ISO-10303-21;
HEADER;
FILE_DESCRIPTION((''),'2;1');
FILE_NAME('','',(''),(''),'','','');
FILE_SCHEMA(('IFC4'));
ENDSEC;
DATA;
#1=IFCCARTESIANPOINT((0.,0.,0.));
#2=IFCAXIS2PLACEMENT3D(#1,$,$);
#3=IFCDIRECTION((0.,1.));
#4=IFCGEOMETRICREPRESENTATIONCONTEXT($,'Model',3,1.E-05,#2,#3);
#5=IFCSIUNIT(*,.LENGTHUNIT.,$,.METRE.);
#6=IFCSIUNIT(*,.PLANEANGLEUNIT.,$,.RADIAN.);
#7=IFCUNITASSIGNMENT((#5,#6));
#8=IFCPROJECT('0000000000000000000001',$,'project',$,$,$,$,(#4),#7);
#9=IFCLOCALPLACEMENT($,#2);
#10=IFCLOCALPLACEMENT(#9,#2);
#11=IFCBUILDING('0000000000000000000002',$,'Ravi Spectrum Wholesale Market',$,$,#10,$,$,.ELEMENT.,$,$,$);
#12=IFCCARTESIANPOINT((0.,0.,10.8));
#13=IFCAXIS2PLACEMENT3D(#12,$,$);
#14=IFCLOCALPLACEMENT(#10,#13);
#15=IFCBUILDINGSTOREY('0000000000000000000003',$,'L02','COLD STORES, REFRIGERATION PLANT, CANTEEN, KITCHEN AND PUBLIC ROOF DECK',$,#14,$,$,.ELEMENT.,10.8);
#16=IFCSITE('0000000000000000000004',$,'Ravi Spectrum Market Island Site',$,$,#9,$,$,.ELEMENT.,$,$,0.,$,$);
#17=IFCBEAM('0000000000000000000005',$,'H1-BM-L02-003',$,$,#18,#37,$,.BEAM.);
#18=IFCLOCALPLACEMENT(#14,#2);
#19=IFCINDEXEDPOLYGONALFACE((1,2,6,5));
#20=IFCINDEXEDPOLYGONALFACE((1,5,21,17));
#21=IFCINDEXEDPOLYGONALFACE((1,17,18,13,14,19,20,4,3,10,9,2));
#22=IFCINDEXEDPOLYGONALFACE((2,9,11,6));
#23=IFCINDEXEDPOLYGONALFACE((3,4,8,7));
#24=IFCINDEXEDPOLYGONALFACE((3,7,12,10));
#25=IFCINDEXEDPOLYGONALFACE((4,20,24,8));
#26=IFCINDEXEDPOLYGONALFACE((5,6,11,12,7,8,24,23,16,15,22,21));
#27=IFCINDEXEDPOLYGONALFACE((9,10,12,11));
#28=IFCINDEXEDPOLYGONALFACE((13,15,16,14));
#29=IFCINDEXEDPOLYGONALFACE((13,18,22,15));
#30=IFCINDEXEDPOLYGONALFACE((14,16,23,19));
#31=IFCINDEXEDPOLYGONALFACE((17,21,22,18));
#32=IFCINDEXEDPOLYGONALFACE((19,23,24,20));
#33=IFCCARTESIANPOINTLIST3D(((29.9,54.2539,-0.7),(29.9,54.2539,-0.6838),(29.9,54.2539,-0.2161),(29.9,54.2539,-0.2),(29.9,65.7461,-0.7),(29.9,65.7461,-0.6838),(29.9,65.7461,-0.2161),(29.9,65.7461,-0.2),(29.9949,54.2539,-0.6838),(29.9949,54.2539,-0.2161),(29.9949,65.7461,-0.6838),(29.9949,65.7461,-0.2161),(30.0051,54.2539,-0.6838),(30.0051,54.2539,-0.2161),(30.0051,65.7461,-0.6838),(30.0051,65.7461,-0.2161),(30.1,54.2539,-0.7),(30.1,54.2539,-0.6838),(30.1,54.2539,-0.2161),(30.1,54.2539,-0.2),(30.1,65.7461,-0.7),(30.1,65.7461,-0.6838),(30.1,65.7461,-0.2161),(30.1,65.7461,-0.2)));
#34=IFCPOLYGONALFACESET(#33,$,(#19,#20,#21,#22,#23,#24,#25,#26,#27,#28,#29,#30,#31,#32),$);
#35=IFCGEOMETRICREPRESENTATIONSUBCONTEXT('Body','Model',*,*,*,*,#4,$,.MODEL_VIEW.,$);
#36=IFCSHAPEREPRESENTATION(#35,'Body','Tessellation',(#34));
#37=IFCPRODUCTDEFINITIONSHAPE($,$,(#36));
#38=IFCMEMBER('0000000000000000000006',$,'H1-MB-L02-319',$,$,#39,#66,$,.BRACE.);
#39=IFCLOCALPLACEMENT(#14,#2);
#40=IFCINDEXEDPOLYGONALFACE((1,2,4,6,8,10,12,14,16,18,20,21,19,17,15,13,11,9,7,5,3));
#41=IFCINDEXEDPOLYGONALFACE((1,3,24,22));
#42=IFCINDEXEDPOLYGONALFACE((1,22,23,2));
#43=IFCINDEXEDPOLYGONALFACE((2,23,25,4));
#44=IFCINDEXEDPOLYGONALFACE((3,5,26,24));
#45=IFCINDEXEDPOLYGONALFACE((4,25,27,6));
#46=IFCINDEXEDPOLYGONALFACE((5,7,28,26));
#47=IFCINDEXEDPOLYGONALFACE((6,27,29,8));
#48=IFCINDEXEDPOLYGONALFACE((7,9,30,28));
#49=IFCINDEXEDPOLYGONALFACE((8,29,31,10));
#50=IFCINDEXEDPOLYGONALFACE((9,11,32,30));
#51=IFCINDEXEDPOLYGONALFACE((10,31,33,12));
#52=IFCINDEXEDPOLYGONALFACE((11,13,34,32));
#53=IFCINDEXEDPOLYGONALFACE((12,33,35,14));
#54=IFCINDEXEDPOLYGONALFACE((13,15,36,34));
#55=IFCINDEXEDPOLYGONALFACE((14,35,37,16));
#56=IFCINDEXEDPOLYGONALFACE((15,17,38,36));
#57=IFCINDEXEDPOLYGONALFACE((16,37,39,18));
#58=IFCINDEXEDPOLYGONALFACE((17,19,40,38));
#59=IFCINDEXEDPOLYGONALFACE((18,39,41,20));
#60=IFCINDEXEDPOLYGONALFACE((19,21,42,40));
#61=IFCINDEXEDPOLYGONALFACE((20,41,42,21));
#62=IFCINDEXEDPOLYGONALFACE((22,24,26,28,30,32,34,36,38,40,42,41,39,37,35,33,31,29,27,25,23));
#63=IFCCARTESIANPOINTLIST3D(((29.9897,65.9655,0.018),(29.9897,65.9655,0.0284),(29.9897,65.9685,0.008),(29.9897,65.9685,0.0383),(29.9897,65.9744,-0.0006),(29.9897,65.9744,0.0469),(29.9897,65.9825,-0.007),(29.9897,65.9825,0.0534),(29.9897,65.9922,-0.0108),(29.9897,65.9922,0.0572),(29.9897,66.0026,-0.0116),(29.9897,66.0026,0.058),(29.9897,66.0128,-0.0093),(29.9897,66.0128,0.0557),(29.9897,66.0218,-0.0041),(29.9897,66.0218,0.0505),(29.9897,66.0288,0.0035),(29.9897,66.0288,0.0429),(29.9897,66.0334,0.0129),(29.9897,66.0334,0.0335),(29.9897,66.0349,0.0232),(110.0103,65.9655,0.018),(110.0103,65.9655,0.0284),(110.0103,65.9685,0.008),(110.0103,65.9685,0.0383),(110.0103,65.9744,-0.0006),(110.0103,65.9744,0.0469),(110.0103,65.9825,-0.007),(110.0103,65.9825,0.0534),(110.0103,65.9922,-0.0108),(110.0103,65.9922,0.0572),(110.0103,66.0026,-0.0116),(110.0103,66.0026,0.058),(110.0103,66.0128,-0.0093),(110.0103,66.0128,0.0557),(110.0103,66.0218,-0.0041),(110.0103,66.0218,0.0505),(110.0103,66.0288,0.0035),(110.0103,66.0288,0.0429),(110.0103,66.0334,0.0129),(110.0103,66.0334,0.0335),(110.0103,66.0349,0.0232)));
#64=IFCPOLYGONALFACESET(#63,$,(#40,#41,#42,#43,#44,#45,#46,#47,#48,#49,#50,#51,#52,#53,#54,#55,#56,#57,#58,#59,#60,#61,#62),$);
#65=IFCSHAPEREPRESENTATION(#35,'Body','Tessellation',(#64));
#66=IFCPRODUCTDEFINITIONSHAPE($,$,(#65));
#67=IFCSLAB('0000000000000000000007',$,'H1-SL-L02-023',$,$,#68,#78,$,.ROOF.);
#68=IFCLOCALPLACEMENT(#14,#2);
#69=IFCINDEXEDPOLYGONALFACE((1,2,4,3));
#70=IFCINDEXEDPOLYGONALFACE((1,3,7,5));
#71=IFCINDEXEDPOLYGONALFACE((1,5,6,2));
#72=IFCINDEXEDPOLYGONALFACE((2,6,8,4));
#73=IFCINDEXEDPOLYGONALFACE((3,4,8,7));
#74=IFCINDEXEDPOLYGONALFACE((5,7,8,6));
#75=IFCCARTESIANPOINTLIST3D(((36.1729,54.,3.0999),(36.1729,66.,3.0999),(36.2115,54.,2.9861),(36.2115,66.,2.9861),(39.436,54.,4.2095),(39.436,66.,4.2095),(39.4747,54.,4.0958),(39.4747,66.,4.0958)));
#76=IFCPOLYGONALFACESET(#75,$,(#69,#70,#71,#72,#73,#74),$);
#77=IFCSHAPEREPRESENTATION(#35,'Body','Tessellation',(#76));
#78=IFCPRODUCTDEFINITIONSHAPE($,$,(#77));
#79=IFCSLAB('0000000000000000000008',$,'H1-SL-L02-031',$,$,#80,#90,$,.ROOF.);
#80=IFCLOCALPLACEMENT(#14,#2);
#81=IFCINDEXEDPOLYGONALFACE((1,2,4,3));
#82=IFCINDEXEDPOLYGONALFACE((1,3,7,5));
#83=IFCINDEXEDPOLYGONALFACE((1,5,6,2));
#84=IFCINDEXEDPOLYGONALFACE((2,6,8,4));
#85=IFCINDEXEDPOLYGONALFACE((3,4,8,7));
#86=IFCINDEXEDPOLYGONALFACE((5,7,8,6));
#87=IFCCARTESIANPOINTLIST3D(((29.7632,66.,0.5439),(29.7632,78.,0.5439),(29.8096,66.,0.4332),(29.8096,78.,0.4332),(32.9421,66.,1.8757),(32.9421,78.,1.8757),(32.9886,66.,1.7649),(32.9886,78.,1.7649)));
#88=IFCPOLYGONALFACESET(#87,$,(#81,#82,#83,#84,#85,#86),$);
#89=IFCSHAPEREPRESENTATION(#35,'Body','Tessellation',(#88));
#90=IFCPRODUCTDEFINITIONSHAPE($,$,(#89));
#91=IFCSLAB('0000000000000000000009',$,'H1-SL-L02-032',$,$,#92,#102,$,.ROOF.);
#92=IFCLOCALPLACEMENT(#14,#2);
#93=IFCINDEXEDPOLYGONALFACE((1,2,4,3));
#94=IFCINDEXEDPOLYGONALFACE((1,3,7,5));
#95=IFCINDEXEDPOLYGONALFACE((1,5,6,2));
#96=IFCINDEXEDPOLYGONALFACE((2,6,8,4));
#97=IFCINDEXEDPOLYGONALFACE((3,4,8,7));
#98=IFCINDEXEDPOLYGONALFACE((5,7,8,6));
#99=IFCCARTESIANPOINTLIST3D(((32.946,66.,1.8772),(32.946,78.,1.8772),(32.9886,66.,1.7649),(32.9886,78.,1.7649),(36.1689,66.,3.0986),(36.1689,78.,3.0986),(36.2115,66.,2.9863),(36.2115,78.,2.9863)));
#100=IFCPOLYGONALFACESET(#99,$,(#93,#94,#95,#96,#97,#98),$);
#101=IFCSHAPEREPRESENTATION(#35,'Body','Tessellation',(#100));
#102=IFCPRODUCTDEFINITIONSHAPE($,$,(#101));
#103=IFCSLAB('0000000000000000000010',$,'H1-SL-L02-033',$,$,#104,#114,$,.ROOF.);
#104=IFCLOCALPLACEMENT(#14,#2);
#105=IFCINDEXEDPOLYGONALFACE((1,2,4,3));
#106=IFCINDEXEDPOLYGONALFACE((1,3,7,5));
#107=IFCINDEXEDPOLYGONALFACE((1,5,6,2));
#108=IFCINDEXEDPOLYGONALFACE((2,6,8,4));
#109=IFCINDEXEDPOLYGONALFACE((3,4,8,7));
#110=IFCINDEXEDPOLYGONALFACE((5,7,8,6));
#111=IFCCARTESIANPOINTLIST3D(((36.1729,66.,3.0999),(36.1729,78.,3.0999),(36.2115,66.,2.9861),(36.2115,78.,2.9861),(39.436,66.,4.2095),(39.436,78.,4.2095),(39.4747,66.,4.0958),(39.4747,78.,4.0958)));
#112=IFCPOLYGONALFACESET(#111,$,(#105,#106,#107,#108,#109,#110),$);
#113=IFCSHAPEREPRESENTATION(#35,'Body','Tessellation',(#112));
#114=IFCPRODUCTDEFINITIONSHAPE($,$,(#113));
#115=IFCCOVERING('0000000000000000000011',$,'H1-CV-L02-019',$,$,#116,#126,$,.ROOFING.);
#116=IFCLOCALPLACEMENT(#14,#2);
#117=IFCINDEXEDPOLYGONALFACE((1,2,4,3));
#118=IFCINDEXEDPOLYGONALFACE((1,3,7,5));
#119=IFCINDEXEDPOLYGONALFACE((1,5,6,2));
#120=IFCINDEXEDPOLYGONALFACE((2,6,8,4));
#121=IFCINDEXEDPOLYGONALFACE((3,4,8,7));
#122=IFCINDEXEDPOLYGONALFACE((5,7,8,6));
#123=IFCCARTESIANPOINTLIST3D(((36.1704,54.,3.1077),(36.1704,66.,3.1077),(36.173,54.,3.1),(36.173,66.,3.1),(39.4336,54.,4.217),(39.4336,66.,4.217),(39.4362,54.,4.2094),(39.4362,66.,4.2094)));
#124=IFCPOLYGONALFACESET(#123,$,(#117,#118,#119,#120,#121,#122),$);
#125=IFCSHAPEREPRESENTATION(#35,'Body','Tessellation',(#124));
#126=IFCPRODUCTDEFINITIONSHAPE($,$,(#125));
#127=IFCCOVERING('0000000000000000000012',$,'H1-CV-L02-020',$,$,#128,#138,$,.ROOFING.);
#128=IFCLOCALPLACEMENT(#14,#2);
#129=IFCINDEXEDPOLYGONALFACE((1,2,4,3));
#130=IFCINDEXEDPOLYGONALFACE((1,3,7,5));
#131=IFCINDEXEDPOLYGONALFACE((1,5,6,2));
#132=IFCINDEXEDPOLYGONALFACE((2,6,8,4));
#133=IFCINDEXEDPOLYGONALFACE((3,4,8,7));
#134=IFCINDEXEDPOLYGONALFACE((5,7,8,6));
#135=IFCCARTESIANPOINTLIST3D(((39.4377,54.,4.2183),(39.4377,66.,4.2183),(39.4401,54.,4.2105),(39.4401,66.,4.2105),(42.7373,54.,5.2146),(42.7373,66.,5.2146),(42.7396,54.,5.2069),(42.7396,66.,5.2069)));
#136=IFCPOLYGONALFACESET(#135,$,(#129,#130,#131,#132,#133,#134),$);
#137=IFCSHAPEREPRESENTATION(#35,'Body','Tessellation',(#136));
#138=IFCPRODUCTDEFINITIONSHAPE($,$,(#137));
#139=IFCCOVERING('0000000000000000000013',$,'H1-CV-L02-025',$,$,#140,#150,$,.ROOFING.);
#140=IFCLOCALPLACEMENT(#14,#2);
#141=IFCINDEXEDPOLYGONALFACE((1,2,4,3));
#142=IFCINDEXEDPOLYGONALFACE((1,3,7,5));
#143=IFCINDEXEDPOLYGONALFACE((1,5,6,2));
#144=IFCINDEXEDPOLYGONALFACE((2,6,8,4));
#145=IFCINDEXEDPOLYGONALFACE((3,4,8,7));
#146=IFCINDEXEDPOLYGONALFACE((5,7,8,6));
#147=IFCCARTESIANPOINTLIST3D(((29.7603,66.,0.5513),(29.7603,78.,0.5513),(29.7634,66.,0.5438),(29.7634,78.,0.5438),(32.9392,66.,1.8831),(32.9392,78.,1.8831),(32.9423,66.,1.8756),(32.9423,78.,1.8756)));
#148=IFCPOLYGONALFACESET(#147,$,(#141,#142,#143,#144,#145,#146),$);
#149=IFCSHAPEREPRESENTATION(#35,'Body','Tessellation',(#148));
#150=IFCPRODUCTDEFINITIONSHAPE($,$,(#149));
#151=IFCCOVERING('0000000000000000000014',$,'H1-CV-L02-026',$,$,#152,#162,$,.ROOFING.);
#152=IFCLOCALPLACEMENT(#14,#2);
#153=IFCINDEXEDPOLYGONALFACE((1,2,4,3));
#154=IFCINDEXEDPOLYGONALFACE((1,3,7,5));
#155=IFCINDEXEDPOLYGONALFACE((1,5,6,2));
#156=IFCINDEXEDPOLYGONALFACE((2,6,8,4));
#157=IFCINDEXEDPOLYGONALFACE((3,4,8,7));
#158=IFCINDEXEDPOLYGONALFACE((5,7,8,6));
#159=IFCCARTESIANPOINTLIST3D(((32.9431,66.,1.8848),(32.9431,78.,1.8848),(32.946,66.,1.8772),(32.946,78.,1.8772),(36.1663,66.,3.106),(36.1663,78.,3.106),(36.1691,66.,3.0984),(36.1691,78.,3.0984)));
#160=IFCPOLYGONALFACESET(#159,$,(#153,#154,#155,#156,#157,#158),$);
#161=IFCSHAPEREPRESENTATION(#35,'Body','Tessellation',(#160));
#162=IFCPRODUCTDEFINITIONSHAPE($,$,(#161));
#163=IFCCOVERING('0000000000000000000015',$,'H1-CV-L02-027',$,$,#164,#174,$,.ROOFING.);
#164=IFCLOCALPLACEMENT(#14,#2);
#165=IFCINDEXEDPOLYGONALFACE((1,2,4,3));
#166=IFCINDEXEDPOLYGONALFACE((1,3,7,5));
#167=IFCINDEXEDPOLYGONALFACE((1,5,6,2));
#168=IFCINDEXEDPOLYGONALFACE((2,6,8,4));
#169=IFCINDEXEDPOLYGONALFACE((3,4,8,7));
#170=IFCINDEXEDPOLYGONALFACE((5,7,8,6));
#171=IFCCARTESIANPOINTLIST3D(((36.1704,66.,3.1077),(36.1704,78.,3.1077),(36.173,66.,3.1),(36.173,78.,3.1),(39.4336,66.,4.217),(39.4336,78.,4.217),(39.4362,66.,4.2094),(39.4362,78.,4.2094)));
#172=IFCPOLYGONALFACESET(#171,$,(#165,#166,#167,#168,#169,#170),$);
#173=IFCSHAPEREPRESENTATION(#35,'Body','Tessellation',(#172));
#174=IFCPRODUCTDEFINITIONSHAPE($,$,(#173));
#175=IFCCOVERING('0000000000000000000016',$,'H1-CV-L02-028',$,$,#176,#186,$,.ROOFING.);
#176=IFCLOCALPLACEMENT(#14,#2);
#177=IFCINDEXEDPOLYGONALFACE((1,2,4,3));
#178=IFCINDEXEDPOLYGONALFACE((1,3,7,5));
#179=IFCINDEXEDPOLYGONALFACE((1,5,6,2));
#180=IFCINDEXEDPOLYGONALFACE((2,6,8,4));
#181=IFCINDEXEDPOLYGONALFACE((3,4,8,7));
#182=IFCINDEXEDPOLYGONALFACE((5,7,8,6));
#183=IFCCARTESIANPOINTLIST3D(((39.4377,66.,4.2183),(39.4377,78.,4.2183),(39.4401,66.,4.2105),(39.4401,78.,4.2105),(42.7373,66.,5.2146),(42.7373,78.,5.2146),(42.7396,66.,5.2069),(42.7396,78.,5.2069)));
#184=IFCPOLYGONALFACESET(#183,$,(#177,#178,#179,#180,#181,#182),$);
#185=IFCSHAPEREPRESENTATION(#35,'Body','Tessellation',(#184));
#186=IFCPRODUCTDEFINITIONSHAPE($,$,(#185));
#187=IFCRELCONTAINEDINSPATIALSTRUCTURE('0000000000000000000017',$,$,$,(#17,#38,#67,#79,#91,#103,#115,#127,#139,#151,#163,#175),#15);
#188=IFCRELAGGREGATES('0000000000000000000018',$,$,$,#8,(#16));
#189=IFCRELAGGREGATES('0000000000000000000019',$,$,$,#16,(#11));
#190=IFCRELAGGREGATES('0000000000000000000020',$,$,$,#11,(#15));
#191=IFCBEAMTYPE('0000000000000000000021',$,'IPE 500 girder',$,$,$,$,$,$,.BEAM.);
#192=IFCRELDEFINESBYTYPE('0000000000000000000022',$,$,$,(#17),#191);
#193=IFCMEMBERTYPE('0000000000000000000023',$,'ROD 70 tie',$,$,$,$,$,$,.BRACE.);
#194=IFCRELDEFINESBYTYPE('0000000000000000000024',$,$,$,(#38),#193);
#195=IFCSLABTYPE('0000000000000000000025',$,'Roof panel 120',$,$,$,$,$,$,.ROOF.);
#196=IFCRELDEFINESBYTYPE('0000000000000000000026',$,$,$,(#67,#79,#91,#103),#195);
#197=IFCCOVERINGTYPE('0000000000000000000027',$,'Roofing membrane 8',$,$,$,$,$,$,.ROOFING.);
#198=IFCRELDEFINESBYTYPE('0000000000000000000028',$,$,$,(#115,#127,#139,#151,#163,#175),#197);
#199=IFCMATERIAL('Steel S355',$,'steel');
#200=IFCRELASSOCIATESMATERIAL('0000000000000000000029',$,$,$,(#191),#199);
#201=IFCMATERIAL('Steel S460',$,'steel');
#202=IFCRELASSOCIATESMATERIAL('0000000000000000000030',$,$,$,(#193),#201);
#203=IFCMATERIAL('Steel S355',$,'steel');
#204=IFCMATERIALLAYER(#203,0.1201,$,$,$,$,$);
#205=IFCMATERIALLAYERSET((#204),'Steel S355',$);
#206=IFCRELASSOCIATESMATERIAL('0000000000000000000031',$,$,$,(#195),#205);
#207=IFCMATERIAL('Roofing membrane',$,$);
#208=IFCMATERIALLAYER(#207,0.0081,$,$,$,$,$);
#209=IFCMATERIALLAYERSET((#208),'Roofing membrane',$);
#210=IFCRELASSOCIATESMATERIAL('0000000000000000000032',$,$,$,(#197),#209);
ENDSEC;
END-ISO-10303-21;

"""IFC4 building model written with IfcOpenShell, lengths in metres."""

from ifc_helpers import new_model, si_unit, direction, frame, origin, origin_2d, place, context, subcontext, project, spatial, polyline, circle, i_section, outline, extrude, material, layer, layer_set, material_profile, profile_set, type_object, element, save


model = new_model("IFC4")

# Units and contexts
model_context = context("Model", 3, precision=1e-05, world=origin(), true_north=direction((0.0, 1.0)))
body_context = subcontext(model_context, "Body", "Model", "MODEL_VIEW")
ifc_project = project(units=[si_unit("LENGTHUNIT", "METRE"), si_unit("PLANEANGLEUNIT", "RADIAN")], contexts=[model_context])

# Site, building, storey
site_placement = place(None, origin())
site = spatial("IfcSite", under=ifc_project, at=site_placement, Name="Ravi Spectrum Market Island Site", CompositionType="ELEMENT", RefElevation=0.0)
building_placement = place(site_placement, origin())
building = spatial("IfcBuilding", under=site, at=building_placement, Name="Ravi Spectrum Wholesale Market", CompositionType="ELEMENT")
storey_placement = place(building_placement, frame((0.0, 0.0, 10.8)))
storey = spatial("IfcBuildingStorey", under=building, at=storey_placement, Name="L02", Description="COLD STORES, REFRIGERATION PLANT, CANTEEN, KITCHEN AND PUBLIC ROOF DECK", CompositionType="ELEMENT", Elevation=10.8)

# Beam
ifc_material_1 = material(Name="Steel S355", Category="steel")
ifc_material_profile_1 = material_profile(ifc_material_1, i_section(OverallWidth=0.2, OverallDepth=0.5, WebThickness=0.0103, FlangeThickness=0.0161, at=origin_2d()))
ifc_profile_set_1 = profile_set([ifc_material_profile_1], Name="Steel S355")
beam_type = type_object("IfcBeamType", Name="IPE 500 girder", PredefinedType="BEAM", material=ifc_profile_set_1)
beam_placement = place(storey_placement, frame((30.0, 54.2539, -0.45), z_axis=(0.0, 1.0, 0.0), x_axis=(-1.0, 0.0, 0.0)))
element("IfcBeam", 1, at=beam_placement, inside=storey, type_object=beam_type, Name="H1-BM-L02-003", PredefinedType="BEAM", context=body_context, shape_type="SweptSolid", body=[
    extrude(i_section(OverallWidth=0.2, OverallDepth=0.5, WebThickness=0.0103, FlangeThickness=0.0161, at=origin_2d()), origin(), (0.0, 0.0, 1.0), 11.4922),
])

# Member
ifc_material_2 = material(Name="Steel S460", Category="steel")
ifc_material_profile_2 = material_profile(ifc_material_2, circle(Radius=0.0349, at=origin_2d()))
ifc_profile_set_2 = profile_set([ifc_material_profile_2], Name="Steel S460")
member_type_1 = type_object("IfcMemberType", Name="ROD 70 tie", PredefinedType="BRACE", material=ifc_profile_set_2)
member_1_placement = place(storey_placement, frame((29.9897, 66.0, 0.0232), z_axis=(1.0, 0.0, 0.0), x_axis=(0.0, 1.0, 0.0)))
element("IfcMember", 2, at=member_1_placement, inside=storey, type_object=member_type_1, Name="H1-MB-L02-319", PredefinedType="BRACE", context=body_context, shape_type="SweptSolid", body=[
    extrude(circle(Radius=0.0349, at=origin_2d()), origin(), (0.0, 0.0, 1.0), 80.0205),
])

# Slabs
ifc_material_3 = material(Name="Steel S355", Category="steel")
ifc_layer_1 = layer(ifc_material_3, 0.1201)
ifc_layer_set_1 = layer_set([ifc_layer_1], Name="Steel S355")
slab_type = type_object("IfcSlabType", Name="Roof panel 120", PredefinedType="ROOF", material=ifc_layer_set_1)
slab_1_placement = place(storey_placement, frame((36.1729, 54.0, 3.0999), z_axis=(-0.321938, 0.0, 0.946761), x_axis=(0.946761, 0.0, 0.321938)))
element("IfcSlab", 3, at=slab_1_placement, inside=storey, type_object=slab_type, Name="H1-SL-L02-023", PredefinedType="ROOF", context=body_context, shape_type="SweptSolid", body=[
    extrude(outline(polyline([(0.0, 0.0), (3.4467, 0.0), (3.4467, 12.0), (0.0, 12.0), (0.0, 0.0)])), origin(), (0.0, 0.0, -1.0), 0.1201),
])
slab_2_placement = place(storey_placement, frame((29.7632, 66.0, 0.5439), z_axis=(-0.3864, 0.0, 0.922331), x_axis=(0.922331, 0.0, 0.3864)))
element("IfcSlab", 4, at=slab_2_placement, inside=storey, type_object=slab_type, Name="H1-SL-L02-031", PredefinedType="ROOF", context=body_context, shape_type="SweptSolid", body=[
    extrude(outline(polyline([(0.0, 0.0), (3.4467, 0.0), (3.4467, 12.0), (0.0, 12.0), (0.0, 0.0)])), origin(), (0.0, 0.0, -1.0), 0.1201),
])
slab_3_placement = place(storey_placement, frame((32.946, 66.0, 1.8772), z_axis=(-0.354389, 0.0, 0.935098), x_axis=(0.935098, 0.0, 0.354389)))
element("IfcSlab", 5, at=slab_3_placement, inside=storey, type_object=slab_type, Name="H1-SL-L02-032", PredefinedType="ROOF", context=body_context, shape_type="SweptSolid", body=[
    extrude(outline(polyline([(0.0, 0.0), (3.4466, 0.0), (3.4466, 12.0), (0.0, 12.0), (0.0, 0.0)])), origin(), (0.0, 0.0, -1.0), 0.1201),
])
slab_4_placement = place(storey_placement, frame((36.1729, 66.0, 3.0999), z_axis=(-0.321938, 0.0, 0.946761), x_axis=(0.946761, 0.0, 0.321938)))
element("IfcSlab", 6, at=slab_4_placement, inside=storey, type_object=slab_type, Name="H1-SL-L02-033", PredefinedType="ROOF", context=body_context, shape_type="SweptSolid", body=[
    extrude(outline(polyline([(0.0, 0.0), (3.4467, 0.0), (3.4467, 12.0), (0.0, 12.0), (0.0, 0.0)])), origin(), (0.0, 0.0, -1.0), 0.1201),
])

# Coverings
ifc_material_4 = material(Name="Roofing membrane")
ifc_layer_2 = layer(ifc_material_4, 0.0081)
ifc_layer_set_2 = layer_set([ifc_layer_2], Name="Roofing membrane")
covering_type = type_object("IfcCoveringType", Name="Roofing membrane 8", PredefinedType="ROOFING", material=ifc_layer_set_2)
covering_1_placement = place(storey_placement, frame((36.1704, 54.0, 3.1077), z_axis=(-0.321875, 0.0, 0.946782), x_axis=(0.946782, 0.0, 0.321875)))
element("IfcCovering", 7, at=covering_1_placement, inside=storey, type_object=covering_type, Name="H1-CV-L02-019", PredefinedType="ROOFING", context=body_context, shape_type="SweptSolid", body=[
    extrude(outline(polyline([(0.0, 0.0), (3.4466, 0.0), (3.4466, 12.0), (0.0, 12.0), (0.0, 0.0)])), origin(), (0.0, 0.0, -1.0), 0.0081),
])
covering_2_placement = place(storey_placement, frame((39.4377, 54.0, 4.2183), z_axis=(-0.28907, 0.0, 0.957308), x_axis=(0.957308, 0.0, 0.28907)))
element("IfcCovering", 8, at=covering_2_placement, inside=storey, type_object=covering_type, Name="H1-CV-L02-020", PredefinedType="ROOFING", context=body_context, shape_type="SweptSolid", body=[
    extrude(outline(polyline([(0.0, 0.0), (3.4467, 0.0), (3.4467, 12.0), (0.0, 12.0), (0.0, 0.0)])), origin(), (0.0, 0.0, -1.0), 0.0081),
])
covering_3_placement = place(storey_placement, frame((29.7603, 66.0, 0.5513), z_axis=(-0.3864, 0.0, 0.922331), x_axis=(0.922331, 0.0, 0.3864)))
element("IfcCovering", 9, at=covering_3_placement, inside=storey, type_object=covering_type, Name="H1-CV-L02-025", PredefinedType="ROOFING", context=body_context, shape_type="SweptSolid", body=[
    extrude(outline(polyline([(0.0, 0.0), (3.4467, 0.0), (3.4467, 12.0), (0.0, 12.0), (0.0, 0.0)])), origin(), (0.0, 0.0, -1.0), 0.0081),
])
covering_4_placement = place(storey_placement, frame((32.9431, 66.0, 1.8848), z_axis=(-0.354304, 0.0, 0.93513), x_axis=(0.93513, 0.0, 0.354304)))
element("IfcCovering", 10, at=covering_4_placement, inside=storey, type_object=covering_type, Name="H1-CV-L02-026", PredefinedType="ROOFING", context=body_context, shape_type="SweptSolid", body=[
    extrude(outline(polyline([(0.0, 0.0), (3.4467, 0.0), (3.4467, 12.0), (0.0, 12.0), (0.0, 0.0)])), origin(), (0.0, 0.0, -1.0), 0.0081),
])
covering_5_placement = place(storey_placement, frame((36.1704, 66.0, 3.1077), z_axis=(-0.321875, 0.0, 0.946782), x_axis=(0.946782, 0.0, 0.321875)))
element("IfcCovering", 11, at=covering_5_placement, inside=storey, type_object=covering_type, Name="H1-CV-L02-027", PredefinedType="ROOFING", context=body_context, shape_type="SweptSolid", body=[
    extrude(outline(polyline([(0.0, 0.0), (3.4466, 0.0), (3.4466, 12.0), (0.0, 12.0), (0.0, 0.0)])), origin(), (0.0, 0.0, -1.0), 0.0081),
])
covering_6_placement = place(storey_placement, frame((39.4377, 66.0, 4.2183), z_axis=(-0.28907, 0.0, 0.957308), x_axis=(0.957308, 0.0, 0.28907)))
element("IfcCovering", 12, at=covering_6_placement, inside=storey, type_object=covering_type, Name="H1-CV-L02-028", PredefinedType="ROOFING", context=body_context, shape_type="SweptSolid", body=[
    extrude(outline(polyline([(0.0, 0.0), (3.4467, 0.0), (3.4467, 12.0), (0.0, 12.0), (0.0, 0.0)])), origin(), (0.0, 0.0, -1.0), 0.0081),
])

save(model, "model.ifc")
